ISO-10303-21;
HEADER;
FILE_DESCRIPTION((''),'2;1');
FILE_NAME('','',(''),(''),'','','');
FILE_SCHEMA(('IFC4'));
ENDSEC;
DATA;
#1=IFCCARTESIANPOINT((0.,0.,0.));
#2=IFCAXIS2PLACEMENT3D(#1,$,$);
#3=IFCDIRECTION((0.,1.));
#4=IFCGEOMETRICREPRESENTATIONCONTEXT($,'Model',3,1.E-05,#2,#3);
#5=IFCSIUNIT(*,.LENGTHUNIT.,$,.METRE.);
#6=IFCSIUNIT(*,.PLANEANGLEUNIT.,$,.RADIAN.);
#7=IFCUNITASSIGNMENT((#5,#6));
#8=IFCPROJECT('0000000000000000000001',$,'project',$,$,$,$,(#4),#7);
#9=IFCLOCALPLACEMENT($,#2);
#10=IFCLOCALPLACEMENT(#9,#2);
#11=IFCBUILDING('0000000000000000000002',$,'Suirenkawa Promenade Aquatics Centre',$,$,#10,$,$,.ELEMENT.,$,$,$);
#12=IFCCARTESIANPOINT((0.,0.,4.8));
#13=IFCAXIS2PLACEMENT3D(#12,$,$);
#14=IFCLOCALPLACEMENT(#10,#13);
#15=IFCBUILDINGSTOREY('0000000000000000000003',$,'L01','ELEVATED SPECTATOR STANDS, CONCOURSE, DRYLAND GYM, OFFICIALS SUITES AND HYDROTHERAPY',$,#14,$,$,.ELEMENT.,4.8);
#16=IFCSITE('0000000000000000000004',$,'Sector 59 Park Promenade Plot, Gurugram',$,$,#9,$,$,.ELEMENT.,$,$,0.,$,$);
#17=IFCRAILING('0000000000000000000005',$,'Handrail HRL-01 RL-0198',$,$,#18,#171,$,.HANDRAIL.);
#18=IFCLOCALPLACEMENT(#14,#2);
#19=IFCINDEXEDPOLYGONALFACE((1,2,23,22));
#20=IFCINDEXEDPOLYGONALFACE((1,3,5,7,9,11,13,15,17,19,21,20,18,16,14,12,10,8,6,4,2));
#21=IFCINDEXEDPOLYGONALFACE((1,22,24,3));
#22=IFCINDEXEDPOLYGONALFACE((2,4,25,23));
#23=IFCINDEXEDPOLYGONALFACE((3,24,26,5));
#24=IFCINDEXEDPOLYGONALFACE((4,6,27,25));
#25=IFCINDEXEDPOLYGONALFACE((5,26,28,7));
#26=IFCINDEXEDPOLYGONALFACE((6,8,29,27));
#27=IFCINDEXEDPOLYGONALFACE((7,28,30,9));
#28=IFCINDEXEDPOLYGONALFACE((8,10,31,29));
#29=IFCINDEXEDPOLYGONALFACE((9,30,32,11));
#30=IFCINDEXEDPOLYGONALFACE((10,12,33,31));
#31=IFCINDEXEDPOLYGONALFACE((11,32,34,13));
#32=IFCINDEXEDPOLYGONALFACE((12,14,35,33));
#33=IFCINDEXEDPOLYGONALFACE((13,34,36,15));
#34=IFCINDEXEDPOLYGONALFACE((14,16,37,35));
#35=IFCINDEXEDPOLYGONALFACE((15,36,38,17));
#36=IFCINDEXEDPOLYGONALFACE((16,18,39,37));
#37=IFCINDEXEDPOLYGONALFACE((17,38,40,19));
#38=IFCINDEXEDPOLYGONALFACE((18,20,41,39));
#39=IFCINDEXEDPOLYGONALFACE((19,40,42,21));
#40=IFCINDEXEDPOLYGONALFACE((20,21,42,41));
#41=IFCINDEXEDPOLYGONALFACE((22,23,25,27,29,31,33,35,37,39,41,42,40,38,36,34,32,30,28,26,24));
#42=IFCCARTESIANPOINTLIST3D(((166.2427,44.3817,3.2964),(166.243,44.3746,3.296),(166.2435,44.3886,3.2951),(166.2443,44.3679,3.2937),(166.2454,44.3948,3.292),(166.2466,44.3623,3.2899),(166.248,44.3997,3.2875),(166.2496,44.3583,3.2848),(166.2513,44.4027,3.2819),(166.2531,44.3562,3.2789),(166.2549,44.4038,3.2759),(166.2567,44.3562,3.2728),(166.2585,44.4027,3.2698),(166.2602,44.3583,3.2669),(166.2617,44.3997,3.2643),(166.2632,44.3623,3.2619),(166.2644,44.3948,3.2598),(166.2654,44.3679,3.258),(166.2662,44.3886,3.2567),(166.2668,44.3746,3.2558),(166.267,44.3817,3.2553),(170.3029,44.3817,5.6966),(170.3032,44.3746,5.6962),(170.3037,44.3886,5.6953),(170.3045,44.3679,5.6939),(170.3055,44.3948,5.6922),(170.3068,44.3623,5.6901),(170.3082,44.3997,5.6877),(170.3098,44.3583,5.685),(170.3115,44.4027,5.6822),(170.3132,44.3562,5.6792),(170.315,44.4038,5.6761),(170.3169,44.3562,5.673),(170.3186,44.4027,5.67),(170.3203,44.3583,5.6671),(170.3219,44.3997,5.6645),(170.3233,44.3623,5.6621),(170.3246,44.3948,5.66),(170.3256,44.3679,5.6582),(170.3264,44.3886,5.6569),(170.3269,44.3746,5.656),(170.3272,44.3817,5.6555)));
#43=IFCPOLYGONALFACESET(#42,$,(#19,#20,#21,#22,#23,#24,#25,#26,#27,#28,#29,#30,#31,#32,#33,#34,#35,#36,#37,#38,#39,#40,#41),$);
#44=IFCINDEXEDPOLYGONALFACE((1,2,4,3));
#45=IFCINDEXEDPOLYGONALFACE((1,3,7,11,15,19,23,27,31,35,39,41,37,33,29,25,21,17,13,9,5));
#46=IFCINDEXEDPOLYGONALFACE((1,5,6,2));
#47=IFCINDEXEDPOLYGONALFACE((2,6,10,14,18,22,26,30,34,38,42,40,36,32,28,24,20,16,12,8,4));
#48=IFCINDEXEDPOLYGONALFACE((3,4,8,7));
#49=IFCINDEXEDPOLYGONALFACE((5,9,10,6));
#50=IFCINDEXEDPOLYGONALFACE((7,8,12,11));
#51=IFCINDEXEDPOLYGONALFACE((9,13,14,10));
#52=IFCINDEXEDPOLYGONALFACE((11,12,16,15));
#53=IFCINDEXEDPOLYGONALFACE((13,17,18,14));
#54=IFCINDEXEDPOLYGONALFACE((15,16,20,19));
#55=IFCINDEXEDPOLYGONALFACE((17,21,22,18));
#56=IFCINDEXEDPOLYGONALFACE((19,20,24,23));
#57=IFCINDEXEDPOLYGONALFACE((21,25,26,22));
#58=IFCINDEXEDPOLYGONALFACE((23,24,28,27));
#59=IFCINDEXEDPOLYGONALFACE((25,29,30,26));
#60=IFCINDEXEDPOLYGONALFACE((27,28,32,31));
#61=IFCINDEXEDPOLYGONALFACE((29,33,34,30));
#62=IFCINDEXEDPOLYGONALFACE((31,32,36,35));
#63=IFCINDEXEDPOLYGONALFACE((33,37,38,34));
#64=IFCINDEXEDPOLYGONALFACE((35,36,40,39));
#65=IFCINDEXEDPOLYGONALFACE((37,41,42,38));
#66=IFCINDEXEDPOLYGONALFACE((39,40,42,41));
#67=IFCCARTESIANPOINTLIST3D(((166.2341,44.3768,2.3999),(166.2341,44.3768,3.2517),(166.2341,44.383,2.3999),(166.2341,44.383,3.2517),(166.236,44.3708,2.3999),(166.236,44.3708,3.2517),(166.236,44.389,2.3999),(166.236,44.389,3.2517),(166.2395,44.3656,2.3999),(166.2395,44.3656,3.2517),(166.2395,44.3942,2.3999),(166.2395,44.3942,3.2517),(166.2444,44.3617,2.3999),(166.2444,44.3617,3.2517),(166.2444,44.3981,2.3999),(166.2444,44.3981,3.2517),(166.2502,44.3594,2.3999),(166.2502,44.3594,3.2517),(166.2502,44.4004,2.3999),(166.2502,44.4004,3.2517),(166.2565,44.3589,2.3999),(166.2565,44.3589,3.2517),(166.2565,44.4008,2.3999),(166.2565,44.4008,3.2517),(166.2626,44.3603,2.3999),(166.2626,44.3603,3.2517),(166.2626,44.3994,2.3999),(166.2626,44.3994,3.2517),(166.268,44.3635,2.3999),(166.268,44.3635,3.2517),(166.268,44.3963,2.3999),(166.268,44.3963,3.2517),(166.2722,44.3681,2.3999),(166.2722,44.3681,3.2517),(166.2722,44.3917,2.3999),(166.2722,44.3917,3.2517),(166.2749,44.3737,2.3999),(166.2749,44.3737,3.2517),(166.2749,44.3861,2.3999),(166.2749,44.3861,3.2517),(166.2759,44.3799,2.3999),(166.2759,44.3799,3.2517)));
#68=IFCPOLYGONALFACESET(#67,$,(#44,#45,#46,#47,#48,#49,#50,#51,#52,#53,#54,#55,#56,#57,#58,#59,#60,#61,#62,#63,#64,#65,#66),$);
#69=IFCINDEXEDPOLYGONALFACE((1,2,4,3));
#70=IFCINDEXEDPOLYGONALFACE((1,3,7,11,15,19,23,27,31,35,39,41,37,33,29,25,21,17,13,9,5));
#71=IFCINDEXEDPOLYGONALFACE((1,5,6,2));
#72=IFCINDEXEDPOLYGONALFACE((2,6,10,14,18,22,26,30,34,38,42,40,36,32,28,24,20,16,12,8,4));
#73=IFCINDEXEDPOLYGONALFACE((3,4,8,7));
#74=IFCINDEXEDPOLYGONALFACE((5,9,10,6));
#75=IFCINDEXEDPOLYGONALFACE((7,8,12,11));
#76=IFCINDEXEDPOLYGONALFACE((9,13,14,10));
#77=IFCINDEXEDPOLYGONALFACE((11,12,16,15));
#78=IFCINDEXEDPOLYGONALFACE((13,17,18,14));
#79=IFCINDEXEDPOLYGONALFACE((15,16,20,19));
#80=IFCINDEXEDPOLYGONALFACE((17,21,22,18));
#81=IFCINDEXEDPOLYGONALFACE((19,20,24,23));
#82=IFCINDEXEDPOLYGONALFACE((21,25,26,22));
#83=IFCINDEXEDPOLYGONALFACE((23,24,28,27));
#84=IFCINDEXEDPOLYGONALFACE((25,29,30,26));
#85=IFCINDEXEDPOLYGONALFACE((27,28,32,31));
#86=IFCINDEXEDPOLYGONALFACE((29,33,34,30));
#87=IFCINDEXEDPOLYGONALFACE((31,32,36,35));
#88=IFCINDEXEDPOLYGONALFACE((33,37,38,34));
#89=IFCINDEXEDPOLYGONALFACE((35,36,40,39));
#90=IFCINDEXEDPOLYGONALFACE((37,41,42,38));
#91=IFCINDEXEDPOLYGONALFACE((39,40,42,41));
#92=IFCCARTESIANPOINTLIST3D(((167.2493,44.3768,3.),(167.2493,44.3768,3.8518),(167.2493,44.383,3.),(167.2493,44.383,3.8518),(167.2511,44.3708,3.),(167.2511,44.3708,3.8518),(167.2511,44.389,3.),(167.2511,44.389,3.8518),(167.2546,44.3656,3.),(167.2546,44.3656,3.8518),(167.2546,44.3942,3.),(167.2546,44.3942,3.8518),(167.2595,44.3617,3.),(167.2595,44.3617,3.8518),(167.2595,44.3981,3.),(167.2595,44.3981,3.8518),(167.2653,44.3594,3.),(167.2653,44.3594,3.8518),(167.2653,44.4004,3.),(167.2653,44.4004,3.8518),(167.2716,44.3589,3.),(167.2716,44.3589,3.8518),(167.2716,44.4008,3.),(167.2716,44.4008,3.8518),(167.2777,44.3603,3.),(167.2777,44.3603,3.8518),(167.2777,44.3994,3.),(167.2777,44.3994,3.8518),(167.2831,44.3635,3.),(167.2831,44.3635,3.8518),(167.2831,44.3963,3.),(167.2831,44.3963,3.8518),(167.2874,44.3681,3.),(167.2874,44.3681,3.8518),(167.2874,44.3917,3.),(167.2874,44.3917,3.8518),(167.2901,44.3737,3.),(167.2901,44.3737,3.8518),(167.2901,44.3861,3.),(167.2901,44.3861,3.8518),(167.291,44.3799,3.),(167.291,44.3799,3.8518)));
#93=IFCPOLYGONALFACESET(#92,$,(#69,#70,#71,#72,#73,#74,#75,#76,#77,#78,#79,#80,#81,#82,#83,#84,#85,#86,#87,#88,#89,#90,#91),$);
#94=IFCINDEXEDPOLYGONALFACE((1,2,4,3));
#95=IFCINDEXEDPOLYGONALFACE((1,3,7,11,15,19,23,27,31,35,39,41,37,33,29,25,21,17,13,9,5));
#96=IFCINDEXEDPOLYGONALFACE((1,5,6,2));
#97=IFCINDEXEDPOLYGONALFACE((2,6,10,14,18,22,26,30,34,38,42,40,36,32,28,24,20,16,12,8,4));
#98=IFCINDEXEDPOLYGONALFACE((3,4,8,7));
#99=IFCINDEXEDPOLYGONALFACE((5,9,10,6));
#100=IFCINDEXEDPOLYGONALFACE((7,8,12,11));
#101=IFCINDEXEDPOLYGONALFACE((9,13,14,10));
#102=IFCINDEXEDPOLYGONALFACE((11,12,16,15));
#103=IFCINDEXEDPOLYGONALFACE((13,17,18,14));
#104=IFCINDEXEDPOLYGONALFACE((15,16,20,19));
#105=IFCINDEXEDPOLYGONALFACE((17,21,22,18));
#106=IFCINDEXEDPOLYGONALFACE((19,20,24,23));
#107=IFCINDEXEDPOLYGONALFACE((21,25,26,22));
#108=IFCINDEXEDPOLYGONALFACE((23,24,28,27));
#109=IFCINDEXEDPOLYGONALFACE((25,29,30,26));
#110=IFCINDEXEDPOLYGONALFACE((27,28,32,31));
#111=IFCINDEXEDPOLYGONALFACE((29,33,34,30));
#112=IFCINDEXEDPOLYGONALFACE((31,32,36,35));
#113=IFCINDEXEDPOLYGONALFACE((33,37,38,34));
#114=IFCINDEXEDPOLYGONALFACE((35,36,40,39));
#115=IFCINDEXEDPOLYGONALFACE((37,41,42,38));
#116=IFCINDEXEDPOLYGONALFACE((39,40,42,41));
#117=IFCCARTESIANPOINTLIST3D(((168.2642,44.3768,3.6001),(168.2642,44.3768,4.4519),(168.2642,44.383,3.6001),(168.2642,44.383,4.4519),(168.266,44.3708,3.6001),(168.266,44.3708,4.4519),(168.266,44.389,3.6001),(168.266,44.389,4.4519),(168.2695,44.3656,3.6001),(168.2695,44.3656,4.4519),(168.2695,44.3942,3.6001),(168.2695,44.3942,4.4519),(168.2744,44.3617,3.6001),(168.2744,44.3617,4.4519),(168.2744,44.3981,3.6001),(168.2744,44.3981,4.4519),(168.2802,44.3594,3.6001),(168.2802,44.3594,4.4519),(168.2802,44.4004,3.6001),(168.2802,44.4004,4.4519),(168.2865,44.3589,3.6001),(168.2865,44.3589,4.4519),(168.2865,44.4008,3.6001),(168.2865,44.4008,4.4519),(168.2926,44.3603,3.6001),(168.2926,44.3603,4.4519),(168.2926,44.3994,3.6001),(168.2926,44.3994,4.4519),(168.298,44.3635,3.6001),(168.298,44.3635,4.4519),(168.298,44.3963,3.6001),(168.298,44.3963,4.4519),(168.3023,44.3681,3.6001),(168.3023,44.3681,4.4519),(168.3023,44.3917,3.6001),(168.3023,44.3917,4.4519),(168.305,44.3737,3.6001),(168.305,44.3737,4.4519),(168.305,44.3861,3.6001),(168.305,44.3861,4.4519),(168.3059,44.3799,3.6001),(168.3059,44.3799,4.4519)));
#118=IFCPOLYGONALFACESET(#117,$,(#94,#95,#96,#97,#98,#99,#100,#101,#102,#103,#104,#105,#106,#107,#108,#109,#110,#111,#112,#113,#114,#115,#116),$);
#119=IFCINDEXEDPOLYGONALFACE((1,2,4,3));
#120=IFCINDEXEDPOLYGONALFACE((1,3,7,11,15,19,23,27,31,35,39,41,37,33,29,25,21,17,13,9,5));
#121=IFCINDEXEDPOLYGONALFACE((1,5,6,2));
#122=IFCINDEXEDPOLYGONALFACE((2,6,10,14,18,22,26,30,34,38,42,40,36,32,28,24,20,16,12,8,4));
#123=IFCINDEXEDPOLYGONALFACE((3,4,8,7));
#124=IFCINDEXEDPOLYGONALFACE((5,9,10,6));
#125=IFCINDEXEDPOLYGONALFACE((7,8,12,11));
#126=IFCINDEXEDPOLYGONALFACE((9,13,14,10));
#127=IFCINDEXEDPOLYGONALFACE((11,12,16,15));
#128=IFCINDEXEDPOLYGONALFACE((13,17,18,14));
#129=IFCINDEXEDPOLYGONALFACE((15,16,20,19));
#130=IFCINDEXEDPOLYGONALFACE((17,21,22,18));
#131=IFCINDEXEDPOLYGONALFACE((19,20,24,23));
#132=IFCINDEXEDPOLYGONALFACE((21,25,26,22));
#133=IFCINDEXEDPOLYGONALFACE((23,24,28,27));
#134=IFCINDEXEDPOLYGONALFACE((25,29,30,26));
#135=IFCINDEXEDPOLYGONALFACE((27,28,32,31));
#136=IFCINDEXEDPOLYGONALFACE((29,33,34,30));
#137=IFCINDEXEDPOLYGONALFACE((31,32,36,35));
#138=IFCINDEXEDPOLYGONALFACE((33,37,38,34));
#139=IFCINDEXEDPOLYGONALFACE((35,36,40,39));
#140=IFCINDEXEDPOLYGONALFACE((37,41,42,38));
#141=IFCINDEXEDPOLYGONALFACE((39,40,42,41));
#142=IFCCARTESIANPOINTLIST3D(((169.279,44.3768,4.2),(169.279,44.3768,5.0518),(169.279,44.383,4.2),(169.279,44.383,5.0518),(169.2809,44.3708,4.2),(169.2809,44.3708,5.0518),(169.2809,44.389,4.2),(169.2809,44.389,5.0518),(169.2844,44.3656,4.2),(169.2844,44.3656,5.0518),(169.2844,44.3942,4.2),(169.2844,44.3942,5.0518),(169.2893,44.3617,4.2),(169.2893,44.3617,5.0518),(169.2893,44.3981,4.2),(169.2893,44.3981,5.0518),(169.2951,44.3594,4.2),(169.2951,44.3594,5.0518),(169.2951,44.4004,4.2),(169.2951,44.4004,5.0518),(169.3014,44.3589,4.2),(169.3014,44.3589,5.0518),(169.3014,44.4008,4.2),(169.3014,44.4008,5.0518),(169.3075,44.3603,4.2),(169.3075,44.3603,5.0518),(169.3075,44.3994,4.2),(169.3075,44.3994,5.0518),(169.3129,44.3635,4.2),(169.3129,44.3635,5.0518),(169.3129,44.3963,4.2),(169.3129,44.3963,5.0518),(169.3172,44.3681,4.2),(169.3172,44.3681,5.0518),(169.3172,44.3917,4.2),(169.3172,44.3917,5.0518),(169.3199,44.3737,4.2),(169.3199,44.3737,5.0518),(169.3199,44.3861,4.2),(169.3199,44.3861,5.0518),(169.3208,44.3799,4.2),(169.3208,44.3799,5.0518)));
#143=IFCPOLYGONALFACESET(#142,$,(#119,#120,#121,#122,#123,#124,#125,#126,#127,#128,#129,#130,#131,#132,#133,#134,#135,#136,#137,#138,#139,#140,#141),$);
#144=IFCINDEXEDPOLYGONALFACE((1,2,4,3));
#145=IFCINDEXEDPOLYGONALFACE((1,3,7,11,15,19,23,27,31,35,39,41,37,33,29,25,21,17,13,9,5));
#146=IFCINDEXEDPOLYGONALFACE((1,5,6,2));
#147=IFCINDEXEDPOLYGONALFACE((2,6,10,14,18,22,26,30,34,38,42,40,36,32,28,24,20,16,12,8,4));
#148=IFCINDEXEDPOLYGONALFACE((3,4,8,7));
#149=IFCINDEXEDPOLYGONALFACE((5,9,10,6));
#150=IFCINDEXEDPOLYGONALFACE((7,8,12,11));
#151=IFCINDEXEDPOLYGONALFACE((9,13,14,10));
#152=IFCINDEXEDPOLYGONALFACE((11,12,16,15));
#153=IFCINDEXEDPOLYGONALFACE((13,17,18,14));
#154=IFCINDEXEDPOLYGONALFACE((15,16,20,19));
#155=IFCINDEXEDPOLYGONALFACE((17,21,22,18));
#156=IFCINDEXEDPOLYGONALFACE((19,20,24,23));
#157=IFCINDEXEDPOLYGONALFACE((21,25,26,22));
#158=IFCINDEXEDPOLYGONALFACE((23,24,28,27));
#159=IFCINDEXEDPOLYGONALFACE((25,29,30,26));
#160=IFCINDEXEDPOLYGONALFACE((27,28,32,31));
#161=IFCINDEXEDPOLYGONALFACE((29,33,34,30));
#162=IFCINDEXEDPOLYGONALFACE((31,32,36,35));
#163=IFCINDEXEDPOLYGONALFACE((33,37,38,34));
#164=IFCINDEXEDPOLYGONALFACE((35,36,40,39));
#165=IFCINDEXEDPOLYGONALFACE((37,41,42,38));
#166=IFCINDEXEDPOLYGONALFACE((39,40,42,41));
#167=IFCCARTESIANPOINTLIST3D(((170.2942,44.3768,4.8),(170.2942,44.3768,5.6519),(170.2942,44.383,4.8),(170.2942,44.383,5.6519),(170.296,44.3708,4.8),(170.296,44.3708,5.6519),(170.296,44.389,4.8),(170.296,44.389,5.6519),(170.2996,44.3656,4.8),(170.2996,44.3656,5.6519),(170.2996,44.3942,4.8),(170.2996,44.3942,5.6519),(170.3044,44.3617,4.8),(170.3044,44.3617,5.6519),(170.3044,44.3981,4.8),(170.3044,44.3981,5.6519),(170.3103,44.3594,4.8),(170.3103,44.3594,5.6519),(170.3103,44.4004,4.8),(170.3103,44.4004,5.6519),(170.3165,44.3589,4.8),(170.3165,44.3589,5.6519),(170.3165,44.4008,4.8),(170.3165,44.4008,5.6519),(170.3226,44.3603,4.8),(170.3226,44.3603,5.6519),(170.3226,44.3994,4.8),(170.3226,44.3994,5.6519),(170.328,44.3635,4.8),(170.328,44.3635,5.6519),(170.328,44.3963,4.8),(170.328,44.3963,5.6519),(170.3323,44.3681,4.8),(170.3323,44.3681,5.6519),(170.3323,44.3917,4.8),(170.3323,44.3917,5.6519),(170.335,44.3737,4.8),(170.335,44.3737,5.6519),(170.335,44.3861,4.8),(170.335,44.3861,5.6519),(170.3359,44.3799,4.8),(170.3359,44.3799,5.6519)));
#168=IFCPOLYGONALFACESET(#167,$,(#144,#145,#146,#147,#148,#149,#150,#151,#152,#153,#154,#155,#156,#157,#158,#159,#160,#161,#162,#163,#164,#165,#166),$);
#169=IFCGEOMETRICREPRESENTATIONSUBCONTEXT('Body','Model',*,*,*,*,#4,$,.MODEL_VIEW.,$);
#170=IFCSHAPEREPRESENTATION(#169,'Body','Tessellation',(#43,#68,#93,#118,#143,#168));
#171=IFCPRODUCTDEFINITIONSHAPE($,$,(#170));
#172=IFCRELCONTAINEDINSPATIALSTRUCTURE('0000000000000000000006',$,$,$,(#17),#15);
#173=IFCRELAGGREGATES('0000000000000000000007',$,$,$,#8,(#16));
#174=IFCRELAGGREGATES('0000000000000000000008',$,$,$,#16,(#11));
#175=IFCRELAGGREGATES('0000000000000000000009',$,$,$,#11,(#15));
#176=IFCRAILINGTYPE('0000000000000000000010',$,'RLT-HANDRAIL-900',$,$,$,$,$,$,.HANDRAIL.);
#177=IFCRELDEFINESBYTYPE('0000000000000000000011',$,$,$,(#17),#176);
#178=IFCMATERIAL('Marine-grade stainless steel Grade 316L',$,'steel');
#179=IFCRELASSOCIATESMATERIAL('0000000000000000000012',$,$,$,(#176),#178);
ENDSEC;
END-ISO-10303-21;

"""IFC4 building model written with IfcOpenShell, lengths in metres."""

from ifc_helpers import new_model, si_unit, direction, frame, origin, origin_2d, place, context, subcontext, project, spatial, circle, extrude, material, type_object, element, save


model = new_model("IFC4")

# Units and contexts
model_context = context("Model", 3, precision=1e-05, world=origin(), true_north=direction((0.0, 1.0)))
body_context = subcontext(model_context, "Body", "Model", "MODEL_VIEW")
ifc_project = project(units=[si_unit("LENGTHUNIT", "METRE"), si_unit("PLANEANGLEUNIT", "RADIAN")], contexts=[model_context])

# Site, building, storey
site_placement = place(None, origin())
site = spatial("IfcSite", under=ifc_project, at=site_placement, Name="Sector 59 Park Promenade Plot, Gurugram", CompositionType="ELEMENT", RefElevation=0.0)
building_placement = place(site_placement, origin())
building = spatial("IfcBuilding", under=site, at=building_placement, Name="Suirenkawa Promenade Aquatics Centre", CompositionType="ELEMENT")
storey_placement = place(building_placement, frame((0.0, 0.0, 4.8)))
storey = spatial("IfcBuildingStorey", under=building, at=storey_placement, Name="L01", Description="ELEVATED SPECTATOR STANDS, CONCOURSE, DRYLAND GYM, OFFICIALS SUITES AND HYDROTHERAPY", CompositionType="ELEMENT", Elevation=4.8)

# Railing
ifc_material_1 = material(Name="Marine-grade stainless steel Grade 316L", Category="steel")
railing_type_1 = type_object("IfcRailingType", Name="RLT-HANDRAIL-900", PredefinedType="HANDRAIL", material=ifc_material_1)
for number, where, name in (
    (1, (166.2549, 44.3799, 2.3999), "Handrail HRL-01 RL-0198"),
):
    element("IfcRailing", number, at=place(storey_placement, frame(where)), inside=storey, type_object=railing_type_1, Name=name, PredefinedType="HANDRAIL", context=body_context, shape_type="SweptSolid", body=[
        extrude(circle(Radius=0.0239, at=origin_2d()), frame((0.0, 0.0, 0.876), z_axis=(0.860832, 0.0, 0.50889), x_axis=(0.0, 1.0, 0.0)), (0.0, 0.0, 1.0), 4.7166),
        extrude(circle(Radius=0.021, at=origin_2d()), origin(), (0.0, 0.0, 1.0), 0.8518),
        extrude(circle(Radius=0.021, at=origin_2d()), frame((1.0151, 0.0, 0.6001)), (0.0, 0.0, 1.0), 0.8518),
        extrude(circle(Radius=0.021, at=origin_2d()), frame((2.03, 0.0, 1.2002)), (0.0, 0.0, 1.0), 0.8518),
        extrude(circle(Radius=0.021, at=origin_2d()), frame((3.0449, 0.0, 1.8)), (0.0, 0.0, 1.0), 0.8518),
        extrude(circle(Radius=0.021, at=origin_2d()), frame((4.0601, 0.0, 2.4001)), (0.0, 0.0, 1.0), 0.8518),
    ])

save(model, "model.ifc")
